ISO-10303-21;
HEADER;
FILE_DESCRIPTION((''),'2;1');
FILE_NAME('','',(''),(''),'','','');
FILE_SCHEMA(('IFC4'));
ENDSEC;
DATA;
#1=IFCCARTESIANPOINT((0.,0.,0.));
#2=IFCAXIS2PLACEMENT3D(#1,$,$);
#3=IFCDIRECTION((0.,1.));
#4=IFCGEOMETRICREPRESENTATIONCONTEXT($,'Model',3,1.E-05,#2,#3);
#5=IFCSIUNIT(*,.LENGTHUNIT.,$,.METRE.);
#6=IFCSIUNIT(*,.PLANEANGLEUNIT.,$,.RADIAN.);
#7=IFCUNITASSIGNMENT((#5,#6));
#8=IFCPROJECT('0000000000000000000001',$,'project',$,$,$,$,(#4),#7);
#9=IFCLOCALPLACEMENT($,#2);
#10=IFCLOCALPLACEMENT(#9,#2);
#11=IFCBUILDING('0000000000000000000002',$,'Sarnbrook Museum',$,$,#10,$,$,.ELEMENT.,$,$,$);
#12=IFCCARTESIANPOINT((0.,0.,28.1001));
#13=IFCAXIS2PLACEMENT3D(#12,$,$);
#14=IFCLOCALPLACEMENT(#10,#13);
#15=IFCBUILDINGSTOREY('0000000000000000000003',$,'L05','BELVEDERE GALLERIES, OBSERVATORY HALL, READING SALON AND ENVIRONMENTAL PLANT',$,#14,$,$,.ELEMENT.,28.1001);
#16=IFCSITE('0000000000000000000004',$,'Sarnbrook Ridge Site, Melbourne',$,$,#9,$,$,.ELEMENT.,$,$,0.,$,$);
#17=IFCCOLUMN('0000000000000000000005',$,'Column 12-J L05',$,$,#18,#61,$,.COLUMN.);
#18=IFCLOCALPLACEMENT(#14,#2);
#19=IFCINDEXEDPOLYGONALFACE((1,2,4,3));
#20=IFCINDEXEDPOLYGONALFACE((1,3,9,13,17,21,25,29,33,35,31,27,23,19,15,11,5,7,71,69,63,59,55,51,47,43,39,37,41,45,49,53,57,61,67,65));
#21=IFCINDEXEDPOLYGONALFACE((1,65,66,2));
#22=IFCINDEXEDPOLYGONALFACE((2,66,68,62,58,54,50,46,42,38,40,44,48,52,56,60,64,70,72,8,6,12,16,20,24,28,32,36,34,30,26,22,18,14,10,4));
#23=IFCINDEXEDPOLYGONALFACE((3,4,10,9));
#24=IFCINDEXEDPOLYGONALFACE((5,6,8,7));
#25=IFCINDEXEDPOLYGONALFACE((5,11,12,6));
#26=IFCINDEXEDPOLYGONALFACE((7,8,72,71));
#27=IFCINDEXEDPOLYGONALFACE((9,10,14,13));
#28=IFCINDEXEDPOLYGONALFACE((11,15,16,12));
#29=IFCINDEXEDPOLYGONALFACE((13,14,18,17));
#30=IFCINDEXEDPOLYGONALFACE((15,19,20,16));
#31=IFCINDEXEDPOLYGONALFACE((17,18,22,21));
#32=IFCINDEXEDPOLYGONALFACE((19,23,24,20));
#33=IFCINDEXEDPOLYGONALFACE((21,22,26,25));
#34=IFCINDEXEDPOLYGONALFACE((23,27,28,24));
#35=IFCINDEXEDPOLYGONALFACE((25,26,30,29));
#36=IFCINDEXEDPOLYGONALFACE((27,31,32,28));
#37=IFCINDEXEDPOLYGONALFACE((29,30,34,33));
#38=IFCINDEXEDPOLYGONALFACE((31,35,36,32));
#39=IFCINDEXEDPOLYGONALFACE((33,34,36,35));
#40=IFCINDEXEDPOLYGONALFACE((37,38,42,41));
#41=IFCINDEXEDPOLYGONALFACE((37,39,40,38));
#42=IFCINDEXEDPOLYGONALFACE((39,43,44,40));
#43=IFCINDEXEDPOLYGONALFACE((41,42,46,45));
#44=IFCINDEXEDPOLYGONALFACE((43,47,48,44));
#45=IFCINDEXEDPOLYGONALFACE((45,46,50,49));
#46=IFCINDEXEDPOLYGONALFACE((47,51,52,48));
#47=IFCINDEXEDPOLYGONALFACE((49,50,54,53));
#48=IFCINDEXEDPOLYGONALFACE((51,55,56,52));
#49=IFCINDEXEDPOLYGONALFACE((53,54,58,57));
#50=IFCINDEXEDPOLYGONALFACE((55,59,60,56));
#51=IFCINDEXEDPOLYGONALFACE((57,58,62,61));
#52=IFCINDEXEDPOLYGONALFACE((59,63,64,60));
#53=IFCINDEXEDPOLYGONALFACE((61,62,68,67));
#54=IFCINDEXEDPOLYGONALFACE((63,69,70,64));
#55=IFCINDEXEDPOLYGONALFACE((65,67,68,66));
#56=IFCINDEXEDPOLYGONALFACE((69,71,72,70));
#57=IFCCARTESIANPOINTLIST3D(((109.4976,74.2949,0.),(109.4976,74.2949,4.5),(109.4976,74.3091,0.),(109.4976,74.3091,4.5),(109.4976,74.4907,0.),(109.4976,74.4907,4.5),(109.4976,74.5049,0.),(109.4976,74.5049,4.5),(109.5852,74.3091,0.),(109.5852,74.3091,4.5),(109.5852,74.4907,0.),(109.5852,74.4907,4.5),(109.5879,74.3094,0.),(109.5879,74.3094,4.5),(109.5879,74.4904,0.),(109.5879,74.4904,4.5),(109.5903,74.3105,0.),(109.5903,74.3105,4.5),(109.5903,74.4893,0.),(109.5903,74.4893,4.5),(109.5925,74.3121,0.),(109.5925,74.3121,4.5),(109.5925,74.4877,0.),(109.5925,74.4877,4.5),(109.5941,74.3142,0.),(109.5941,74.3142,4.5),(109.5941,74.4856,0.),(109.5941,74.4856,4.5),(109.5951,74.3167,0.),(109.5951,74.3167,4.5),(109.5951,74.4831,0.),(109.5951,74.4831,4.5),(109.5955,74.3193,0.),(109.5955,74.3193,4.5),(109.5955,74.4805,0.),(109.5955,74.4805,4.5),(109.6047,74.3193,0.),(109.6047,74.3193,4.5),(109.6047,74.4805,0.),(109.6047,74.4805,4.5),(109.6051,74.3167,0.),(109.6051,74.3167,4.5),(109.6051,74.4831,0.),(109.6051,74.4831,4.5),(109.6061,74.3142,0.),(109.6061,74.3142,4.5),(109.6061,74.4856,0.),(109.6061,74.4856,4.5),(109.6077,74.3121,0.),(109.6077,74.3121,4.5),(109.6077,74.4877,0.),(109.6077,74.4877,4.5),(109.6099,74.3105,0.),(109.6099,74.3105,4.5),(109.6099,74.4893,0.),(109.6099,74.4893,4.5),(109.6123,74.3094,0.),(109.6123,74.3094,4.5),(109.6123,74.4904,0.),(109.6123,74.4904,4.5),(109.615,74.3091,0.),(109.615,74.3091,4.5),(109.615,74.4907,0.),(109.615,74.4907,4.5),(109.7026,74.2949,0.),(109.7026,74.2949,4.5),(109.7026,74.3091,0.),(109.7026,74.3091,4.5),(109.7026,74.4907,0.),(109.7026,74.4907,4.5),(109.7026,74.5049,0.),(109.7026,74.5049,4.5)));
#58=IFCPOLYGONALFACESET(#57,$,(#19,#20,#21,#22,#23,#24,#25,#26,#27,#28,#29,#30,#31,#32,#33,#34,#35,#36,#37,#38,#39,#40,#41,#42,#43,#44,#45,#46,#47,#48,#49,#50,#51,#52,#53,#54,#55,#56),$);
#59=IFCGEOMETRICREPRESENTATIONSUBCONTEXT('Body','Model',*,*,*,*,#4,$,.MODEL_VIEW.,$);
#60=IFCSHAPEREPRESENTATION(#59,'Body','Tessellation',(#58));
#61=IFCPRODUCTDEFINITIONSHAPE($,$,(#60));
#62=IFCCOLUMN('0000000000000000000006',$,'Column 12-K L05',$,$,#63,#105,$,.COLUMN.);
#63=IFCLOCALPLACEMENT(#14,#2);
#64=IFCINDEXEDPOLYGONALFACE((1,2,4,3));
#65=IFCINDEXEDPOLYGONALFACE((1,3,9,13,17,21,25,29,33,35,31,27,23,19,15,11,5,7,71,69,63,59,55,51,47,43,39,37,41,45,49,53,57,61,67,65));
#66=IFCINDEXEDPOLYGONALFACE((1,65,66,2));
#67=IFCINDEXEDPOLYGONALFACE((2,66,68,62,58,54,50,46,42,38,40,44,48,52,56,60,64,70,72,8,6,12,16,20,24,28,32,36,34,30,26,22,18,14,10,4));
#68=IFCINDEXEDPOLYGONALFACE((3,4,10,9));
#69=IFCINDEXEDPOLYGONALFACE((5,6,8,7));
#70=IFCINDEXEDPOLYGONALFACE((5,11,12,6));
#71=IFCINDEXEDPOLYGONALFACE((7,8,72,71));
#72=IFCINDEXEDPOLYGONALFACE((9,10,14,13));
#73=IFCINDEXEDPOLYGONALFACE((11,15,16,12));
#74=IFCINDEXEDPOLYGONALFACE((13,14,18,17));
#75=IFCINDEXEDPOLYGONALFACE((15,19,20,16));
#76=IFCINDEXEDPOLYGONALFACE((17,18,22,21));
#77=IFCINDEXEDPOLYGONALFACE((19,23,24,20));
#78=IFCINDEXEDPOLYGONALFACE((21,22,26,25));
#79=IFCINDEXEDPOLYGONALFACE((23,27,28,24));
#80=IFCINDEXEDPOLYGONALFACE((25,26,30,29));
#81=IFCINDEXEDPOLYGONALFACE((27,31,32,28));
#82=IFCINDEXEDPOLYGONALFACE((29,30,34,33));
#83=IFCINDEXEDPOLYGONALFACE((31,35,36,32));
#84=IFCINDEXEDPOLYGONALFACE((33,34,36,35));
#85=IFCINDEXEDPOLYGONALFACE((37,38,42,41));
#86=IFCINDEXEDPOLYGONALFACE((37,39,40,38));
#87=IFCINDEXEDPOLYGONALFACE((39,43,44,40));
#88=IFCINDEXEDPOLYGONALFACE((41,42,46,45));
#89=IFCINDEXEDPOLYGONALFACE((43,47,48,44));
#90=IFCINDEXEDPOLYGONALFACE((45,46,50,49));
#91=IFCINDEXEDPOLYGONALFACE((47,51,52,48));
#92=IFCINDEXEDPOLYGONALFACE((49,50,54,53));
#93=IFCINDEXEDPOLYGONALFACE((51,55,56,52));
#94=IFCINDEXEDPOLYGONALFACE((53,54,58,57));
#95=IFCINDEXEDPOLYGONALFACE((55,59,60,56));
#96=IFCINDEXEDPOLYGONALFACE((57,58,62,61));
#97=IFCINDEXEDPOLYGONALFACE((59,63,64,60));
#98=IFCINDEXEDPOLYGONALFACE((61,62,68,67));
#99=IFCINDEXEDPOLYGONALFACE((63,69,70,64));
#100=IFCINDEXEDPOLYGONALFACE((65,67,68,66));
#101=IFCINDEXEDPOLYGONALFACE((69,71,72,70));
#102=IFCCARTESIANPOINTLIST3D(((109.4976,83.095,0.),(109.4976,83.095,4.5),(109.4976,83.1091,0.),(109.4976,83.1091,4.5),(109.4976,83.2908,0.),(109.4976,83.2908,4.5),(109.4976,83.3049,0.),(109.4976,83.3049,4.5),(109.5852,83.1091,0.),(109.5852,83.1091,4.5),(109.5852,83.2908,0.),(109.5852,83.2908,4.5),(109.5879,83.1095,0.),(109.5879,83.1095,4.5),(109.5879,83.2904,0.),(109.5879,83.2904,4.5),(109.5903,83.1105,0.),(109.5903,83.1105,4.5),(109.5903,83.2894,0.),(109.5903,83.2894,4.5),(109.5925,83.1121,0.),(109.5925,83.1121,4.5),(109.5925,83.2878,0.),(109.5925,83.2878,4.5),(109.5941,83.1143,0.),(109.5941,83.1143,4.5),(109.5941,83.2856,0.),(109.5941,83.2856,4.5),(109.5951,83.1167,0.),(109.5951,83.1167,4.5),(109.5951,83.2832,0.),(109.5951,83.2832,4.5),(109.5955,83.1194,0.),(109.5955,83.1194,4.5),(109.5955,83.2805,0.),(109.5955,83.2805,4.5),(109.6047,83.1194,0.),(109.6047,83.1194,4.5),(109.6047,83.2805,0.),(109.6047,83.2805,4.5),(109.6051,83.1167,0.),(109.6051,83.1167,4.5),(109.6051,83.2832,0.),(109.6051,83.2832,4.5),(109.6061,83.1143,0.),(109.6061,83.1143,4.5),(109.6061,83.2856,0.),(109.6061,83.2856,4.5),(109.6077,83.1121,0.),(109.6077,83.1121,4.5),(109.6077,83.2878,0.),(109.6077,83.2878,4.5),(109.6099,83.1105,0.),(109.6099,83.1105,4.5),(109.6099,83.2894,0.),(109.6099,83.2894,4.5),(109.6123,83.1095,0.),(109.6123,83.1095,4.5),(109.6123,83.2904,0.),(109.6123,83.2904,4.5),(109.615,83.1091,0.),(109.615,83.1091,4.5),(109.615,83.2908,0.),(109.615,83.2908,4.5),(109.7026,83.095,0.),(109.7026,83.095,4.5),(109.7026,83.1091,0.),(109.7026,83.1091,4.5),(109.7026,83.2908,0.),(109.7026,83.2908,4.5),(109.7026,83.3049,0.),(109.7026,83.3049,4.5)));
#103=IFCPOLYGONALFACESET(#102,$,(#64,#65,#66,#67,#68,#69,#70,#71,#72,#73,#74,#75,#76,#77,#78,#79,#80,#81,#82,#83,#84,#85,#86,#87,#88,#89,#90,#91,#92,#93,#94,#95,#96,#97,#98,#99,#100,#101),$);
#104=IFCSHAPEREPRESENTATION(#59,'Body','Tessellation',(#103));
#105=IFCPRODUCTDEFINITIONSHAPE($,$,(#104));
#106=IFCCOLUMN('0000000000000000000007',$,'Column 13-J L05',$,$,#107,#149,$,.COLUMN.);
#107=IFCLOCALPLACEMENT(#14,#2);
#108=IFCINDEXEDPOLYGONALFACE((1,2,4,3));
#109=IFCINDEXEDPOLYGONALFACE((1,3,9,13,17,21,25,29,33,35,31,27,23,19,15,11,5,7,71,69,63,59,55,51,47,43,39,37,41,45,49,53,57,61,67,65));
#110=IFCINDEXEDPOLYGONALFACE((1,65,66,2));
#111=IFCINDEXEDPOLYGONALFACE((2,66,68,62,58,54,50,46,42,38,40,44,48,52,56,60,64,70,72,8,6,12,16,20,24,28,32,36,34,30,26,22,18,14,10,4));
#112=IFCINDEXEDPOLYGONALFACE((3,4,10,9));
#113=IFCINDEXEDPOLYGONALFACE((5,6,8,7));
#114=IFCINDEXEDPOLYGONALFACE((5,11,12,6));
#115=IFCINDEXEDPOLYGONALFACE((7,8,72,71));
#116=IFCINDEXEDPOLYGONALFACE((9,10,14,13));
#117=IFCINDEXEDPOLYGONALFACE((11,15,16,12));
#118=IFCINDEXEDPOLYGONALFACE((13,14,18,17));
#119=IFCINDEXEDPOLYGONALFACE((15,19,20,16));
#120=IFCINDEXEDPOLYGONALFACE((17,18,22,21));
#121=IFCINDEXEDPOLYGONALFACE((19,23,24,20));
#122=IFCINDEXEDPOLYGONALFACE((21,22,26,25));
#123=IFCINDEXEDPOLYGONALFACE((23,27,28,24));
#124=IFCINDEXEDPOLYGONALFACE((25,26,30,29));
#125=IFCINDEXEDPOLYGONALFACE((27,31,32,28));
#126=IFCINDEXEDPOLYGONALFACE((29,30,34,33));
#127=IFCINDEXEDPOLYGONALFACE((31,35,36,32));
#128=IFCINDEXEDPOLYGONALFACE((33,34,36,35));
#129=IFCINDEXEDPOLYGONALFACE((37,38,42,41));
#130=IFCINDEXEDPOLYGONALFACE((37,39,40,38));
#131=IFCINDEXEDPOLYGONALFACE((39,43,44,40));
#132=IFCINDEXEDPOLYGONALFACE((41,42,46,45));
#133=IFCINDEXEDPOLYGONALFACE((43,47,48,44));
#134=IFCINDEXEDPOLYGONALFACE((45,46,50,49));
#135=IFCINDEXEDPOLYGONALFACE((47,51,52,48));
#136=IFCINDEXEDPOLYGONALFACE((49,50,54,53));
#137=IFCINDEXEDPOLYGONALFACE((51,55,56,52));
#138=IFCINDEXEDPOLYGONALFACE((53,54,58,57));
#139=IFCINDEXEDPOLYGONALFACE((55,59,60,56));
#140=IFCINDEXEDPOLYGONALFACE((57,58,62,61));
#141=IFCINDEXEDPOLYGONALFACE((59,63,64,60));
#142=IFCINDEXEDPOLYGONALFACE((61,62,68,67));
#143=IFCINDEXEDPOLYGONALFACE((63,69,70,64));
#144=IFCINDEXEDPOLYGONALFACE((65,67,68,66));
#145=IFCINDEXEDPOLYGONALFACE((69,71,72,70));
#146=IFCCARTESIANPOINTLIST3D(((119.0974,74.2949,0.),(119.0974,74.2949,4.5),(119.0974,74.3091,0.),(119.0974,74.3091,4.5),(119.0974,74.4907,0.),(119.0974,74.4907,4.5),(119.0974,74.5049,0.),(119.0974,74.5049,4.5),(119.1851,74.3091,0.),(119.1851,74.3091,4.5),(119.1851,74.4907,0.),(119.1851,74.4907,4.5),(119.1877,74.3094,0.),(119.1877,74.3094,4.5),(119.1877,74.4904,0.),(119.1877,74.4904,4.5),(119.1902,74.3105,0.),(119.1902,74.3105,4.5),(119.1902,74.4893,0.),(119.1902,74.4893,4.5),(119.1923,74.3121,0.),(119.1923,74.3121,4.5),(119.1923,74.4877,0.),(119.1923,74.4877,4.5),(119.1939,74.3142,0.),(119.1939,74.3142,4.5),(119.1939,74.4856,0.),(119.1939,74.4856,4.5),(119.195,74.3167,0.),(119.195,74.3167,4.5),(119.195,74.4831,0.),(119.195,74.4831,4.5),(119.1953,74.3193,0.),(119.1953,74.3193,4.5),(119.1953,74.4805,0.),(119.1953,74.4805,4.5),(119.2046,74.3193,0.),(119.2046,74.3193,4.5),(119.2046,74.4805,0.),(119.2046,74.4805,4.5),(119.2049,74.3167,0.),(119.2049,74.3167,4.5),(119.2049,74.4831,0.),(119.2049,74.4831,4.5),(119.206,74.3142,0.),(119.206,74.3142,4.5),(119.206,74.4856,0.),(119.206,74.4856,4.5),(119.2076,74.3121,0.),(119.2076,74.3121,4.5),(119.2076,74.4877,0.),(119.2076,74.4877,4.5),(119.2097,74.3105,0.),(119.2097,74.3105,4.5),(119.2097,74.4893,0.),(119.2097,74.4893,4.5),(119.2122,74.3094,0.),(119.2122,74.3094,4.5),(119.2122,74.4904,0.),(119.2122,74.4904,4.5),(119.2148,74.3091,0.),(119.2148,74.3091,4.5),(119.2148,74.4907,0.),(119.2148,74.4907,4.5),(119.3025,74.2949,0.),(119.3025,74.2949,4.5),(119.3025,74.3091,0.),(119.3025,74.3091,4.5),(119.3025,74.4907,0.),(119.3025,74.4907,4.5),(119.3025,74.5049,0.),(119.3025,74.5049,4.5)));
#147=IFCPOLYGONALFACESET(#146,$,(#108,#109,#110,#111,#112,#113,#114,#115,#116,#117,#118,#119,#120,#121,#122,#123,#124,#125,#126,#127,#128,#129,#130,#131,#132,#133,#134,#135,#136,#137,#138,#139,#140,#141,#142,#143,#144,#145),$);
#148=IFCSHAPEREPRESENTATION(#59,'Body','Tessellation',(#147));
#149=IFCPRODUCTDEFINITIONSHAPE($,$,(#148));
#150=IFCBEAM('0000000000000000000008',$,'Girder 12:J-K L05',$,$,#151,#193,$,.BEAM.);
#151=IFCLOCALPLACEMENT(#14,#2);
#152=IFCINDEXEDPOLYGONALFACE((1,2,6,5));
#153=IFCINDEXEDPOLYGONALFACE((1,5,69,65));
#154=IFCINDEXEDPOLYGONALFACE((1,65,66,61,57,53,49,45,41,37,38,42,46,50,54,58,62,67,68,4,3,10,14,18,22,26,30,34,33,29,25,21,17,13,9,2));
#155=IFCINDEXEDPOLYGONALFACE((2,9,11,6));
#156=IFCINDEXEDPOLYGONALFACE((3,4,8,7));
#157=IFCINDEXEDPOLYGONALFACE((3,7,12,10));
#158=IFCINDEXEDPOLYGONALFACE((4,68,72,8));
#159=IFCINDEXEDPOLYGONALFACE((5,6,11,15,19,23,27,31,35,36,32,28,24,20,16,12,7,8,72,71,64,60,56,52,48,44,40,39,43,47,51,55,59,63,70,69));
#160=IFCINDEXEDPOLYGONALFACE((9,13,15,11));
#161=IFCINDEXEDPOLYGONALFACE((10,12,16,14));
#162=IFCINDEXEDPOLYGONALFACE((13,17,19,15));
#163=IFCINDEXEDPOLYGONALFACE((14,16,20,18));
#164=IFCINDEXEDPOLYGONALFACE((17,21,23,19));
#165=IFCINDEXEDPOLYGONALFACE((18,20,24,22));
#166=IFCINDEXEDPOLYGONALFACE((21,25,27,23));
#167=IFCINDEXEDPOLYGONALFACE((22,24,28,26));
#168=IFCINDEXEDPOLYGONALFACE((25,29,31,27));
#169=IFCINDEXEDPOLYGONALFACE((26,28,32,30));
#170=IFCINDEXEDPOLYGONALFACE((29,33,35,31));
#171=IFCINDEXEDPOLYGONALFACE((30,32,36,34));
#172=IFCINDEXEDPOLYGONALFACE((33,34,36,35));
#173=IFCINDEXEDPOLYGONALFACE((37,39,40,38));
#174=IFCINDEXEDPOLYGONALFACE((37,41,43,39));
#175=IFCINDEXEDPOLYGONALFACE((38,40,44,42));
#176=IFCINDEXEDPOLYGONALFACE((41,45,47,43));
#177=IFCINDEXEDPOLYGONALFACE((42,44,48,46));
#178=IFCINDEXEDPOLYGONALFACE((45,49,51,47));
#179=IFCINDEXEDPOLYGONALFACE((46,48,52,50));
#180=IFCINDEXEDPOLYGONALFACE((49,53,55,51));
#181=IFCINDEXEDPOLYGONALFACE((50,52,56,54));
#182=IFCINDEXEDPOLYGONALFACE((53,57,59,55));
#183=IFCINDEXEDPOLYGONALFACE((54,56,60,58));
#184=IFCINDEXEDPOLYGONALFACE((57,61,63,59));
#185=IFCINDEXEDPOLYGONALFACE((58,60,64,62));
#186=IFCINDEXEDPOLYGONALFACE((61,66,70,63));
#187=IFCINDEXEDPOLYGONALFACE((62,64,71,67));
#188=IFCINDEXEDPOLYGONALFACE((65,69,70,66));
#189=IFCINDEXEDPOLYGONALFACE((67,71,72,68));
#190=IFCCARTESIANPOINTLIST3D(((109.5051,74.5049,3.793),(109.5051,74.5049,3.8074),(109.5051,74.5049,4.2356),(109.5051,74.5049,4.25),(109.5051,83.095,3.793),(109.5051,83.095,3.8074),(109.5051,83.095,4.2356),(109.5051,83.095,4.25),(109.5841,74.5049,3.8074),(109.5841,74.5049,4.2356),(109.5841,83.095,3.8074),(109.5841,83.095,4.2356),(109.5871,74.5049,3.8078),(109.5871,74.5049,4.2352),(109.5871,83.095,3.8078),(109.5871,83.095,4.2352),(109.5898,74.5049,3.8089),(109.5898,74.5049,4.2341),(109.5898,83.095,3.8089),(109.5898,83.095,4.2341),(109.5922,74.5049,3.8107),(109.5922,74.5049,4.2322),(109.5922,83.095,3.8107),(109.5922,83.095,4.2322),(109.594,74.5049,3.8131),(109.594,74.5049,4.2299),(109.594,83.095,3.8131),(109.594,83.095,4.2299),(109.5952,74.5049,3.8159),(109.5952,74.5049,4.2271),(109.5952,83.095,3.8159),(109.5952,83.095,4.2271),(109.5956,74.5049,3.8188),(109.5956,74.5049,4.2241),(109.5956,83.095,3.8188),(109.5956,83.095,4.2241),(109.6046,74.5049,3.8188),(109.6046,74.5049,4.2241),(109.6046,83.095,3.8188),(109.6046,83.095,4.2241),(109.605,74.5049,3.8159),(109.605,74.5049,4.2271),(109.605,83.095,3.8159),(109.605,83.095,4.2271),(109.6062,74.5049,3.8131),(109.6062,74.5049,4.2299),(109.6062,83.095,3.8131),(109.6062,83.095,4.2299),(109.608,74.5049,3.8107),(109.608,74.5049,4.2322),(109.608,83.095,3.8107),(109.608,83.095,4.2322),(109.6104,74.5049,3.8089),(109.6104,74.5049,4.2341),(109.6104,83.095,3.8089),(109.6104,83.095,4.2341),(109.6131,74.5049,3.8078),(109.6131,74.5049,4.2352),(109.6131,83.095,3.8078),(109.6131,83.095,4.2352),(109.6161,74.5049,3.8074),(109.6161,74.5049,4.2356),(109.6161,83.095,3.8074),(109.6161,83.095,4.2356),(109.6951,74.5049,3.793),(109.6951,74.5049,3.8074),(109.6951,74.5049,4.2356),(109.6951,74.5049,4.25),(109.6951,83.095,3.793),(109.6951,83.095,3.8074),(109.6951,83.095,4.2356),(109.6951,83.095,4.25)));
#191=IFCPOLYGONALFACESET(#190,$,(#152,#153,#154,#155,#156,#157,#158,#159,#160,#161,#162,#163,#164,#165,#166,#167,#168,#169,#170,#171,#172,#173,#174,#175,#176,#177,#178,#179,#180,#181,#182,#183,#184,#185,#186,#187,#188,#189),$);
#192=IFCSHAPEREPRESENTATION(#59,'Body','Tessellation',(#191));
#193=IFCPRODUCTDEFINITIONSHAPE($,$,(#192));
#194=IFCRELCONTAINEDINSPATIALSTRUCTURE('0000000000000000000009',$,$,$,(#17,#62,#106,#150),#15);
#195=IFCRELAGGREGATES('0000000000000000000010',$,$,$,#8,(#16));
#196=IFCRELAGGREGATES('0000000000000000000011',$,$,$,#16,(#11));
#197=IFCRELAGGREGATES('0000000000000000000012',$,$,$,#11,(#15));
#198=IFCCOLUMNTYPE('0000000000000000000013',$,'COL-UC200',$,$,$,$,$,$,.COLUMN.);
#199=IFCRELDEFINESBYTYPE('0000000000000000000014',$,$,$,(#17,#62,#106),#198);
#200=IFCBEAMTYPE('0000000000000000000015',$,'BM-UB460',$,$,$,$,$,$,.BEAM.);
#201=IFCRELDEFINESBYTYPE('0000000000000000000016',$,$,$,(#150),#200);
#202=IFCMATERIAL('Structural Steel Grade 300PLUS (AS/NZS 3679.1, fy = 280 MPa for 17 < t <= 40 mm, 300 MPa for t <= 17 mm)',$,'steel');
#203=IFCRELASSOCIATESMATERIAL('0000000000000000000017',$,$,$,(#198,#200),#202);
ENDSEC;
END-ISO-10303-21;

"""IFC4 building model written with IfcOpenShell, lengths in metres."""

from ifc_helpers import new_model, si_unit, direction, frame, origin, origin_2d, place, context, subcontext, project, spatial, i_section, extrude, material, material_profile, profile_set, type_object, element, save


model = new_model("IFC4")

# Units and contexts
model_context = context("Model", 3, precision=1e-05, world=origin(), true_north=direction((0.0, 1.0)))
body_context = subcontext(model_context, "Body", "Model", "MODEL_VIEW")
ifc_project = project(units=[si_unit("LENGTHUNIT", "METRE"), si_unit("PLANEANGLEUNIT", "RADIAN")], contexts=[model_context])

# Site, building, storey
site_placement = place(None, origin())
site = spatial("IfcSite", under=ifc_project, at=site_placement, Name="Sarnbrook Ridge Site, Melbourne", CompositionType="ELEMENT", RefElevation=0.0)
building_placement = place(site_placement, origin())
building = spatial("IfcBuilding", under=site, at=building_placement, Name="Sarnbrook Museum", CompositionType="ELEMENT")
storey_placement = place(building_placement, frame((0.0, 0.0, 28.1001)))
storey = spatial("IfcBuildingStorey", under=building, at=storey_placement, Name="L05", Description="BELVEDERE GALLERIES, OBSERVATORY HALL, READING SALON AND ENVIRONMENTAL PLANT", CompositionType="ELEMENT", Elevation=28.1001)

# Columns
ifc_material_1 = material(Name="Structural Steel Grade 300PLUS (AS/NZS 3679.1, fy = 280 MPa for 17 < t <= 40 mm, 300 MPa for t <= 17 mm)", Category="steel")
ifc_material_profile_1 = material_profile(ifc_material_1, i_section(OverallWidth=0.2051, OverallDepth=0.21, WebThickness=0.0093, FlangeThickness=0.0142, FilletRadius=0.0103, at=origin_2d()), Name="200UC59.5")
ifc_profile_set_1 = profile_set([ifc_material_profile_1], Name="Structural Steel Grade 300PLUS (AS/NZS 3679.1, fy = 280 MPa for 17 < t <= 40 mm, 300 MPa for t <= 17 mm)")
column_type = type_object("IfcColumnType", Name="COL-UC200", PredefinedType="COLUMN", material=ifc_profile_set_1)
for number, where, z_axis, x_axis, name in (
    (1, (109.6001, 74.3999, 0.0), (0.0, 0.0, 1.0), (1.0, 0.0, 0.0), "Column 12-J L05"),
    (2, (109.6001, 83.2, 0.0), (0.0, 0.0, 1.0), (1.0, 0.0, 0.0), "Column 12-K L05"),
    (3, (119.2, 74.3999, 0.0), (0.0, 0.0, 1.0), (1.0, 0.0, 0.0), "Column 13-J L05"),
):
    element("IfcColumn", number, at=place(storey_placement, frame(where, z_axis=z_axis, x_axis=x_axis)), inside=storey, type_object=column_type, Name=name, PredefinedType="COLUMN", context=body_context, shape_type="SweptSolid", body=[
        extrude(i_section(OverallWidth=0.2051, OverallDepth=0.21, WebThickness=0.0093, FlangeThickness=0.0142, FilletRadius=0.0103, at=origin_2d()), origin(), (0.0, 0.0, 1.0), 4.5),
    ])

# Beam
ifc_material_profile_2 = material_profile(ifc_material_1, i_section(OverallWidth=0.1899, OverallDepth=0.457, WebThickness=0.009, FlangeThickness=0.0144, FilletRadius=0.0115, at=origin_2d()), Name="460UB74.6")
ifc_profile_set_2 = profile_set([ifc_material_profile_2], Name="Structural Steel Grade 300PLUS (AS/NZS 3679.1, fy = 280 MPa for 17 < t <= 40 mm, 300 MPa for t <= 17 mm)")
beam_type_1 = type_object("IfcBeamType", Name="BM-UB460", PredefinedType="BEAM", material=ifc_profile_set_2)
for number, where, z_axis, x_axis, name in (
    (4, (109.6001, 74.5049, 4.0215), (0.0, 1.0, 0.0), (-1.0, 0.0, 0.0), "Girder 12:J-K L05"),
):
    element("IfcBeam", number, at=place(storey_placement, frame(where, z_axis=z_axis, x_axis=x_axis)), inside=storey, type_object=beam_type_1, Name=name, PredefinedType="BEAM", context=body_context, shape_type="SweptSolid", body=[
        extrude(i_section(OverallWidth=0.1899, OverallDepth=0.457, WebThickness=0.009, FlangeThickness=0.0144, FilletRadius=0.0115, at=origin_2d()), origin(), (0.0, 0.0, 1.0), 8.5901),
    ])

save(model, "model.ifc")
